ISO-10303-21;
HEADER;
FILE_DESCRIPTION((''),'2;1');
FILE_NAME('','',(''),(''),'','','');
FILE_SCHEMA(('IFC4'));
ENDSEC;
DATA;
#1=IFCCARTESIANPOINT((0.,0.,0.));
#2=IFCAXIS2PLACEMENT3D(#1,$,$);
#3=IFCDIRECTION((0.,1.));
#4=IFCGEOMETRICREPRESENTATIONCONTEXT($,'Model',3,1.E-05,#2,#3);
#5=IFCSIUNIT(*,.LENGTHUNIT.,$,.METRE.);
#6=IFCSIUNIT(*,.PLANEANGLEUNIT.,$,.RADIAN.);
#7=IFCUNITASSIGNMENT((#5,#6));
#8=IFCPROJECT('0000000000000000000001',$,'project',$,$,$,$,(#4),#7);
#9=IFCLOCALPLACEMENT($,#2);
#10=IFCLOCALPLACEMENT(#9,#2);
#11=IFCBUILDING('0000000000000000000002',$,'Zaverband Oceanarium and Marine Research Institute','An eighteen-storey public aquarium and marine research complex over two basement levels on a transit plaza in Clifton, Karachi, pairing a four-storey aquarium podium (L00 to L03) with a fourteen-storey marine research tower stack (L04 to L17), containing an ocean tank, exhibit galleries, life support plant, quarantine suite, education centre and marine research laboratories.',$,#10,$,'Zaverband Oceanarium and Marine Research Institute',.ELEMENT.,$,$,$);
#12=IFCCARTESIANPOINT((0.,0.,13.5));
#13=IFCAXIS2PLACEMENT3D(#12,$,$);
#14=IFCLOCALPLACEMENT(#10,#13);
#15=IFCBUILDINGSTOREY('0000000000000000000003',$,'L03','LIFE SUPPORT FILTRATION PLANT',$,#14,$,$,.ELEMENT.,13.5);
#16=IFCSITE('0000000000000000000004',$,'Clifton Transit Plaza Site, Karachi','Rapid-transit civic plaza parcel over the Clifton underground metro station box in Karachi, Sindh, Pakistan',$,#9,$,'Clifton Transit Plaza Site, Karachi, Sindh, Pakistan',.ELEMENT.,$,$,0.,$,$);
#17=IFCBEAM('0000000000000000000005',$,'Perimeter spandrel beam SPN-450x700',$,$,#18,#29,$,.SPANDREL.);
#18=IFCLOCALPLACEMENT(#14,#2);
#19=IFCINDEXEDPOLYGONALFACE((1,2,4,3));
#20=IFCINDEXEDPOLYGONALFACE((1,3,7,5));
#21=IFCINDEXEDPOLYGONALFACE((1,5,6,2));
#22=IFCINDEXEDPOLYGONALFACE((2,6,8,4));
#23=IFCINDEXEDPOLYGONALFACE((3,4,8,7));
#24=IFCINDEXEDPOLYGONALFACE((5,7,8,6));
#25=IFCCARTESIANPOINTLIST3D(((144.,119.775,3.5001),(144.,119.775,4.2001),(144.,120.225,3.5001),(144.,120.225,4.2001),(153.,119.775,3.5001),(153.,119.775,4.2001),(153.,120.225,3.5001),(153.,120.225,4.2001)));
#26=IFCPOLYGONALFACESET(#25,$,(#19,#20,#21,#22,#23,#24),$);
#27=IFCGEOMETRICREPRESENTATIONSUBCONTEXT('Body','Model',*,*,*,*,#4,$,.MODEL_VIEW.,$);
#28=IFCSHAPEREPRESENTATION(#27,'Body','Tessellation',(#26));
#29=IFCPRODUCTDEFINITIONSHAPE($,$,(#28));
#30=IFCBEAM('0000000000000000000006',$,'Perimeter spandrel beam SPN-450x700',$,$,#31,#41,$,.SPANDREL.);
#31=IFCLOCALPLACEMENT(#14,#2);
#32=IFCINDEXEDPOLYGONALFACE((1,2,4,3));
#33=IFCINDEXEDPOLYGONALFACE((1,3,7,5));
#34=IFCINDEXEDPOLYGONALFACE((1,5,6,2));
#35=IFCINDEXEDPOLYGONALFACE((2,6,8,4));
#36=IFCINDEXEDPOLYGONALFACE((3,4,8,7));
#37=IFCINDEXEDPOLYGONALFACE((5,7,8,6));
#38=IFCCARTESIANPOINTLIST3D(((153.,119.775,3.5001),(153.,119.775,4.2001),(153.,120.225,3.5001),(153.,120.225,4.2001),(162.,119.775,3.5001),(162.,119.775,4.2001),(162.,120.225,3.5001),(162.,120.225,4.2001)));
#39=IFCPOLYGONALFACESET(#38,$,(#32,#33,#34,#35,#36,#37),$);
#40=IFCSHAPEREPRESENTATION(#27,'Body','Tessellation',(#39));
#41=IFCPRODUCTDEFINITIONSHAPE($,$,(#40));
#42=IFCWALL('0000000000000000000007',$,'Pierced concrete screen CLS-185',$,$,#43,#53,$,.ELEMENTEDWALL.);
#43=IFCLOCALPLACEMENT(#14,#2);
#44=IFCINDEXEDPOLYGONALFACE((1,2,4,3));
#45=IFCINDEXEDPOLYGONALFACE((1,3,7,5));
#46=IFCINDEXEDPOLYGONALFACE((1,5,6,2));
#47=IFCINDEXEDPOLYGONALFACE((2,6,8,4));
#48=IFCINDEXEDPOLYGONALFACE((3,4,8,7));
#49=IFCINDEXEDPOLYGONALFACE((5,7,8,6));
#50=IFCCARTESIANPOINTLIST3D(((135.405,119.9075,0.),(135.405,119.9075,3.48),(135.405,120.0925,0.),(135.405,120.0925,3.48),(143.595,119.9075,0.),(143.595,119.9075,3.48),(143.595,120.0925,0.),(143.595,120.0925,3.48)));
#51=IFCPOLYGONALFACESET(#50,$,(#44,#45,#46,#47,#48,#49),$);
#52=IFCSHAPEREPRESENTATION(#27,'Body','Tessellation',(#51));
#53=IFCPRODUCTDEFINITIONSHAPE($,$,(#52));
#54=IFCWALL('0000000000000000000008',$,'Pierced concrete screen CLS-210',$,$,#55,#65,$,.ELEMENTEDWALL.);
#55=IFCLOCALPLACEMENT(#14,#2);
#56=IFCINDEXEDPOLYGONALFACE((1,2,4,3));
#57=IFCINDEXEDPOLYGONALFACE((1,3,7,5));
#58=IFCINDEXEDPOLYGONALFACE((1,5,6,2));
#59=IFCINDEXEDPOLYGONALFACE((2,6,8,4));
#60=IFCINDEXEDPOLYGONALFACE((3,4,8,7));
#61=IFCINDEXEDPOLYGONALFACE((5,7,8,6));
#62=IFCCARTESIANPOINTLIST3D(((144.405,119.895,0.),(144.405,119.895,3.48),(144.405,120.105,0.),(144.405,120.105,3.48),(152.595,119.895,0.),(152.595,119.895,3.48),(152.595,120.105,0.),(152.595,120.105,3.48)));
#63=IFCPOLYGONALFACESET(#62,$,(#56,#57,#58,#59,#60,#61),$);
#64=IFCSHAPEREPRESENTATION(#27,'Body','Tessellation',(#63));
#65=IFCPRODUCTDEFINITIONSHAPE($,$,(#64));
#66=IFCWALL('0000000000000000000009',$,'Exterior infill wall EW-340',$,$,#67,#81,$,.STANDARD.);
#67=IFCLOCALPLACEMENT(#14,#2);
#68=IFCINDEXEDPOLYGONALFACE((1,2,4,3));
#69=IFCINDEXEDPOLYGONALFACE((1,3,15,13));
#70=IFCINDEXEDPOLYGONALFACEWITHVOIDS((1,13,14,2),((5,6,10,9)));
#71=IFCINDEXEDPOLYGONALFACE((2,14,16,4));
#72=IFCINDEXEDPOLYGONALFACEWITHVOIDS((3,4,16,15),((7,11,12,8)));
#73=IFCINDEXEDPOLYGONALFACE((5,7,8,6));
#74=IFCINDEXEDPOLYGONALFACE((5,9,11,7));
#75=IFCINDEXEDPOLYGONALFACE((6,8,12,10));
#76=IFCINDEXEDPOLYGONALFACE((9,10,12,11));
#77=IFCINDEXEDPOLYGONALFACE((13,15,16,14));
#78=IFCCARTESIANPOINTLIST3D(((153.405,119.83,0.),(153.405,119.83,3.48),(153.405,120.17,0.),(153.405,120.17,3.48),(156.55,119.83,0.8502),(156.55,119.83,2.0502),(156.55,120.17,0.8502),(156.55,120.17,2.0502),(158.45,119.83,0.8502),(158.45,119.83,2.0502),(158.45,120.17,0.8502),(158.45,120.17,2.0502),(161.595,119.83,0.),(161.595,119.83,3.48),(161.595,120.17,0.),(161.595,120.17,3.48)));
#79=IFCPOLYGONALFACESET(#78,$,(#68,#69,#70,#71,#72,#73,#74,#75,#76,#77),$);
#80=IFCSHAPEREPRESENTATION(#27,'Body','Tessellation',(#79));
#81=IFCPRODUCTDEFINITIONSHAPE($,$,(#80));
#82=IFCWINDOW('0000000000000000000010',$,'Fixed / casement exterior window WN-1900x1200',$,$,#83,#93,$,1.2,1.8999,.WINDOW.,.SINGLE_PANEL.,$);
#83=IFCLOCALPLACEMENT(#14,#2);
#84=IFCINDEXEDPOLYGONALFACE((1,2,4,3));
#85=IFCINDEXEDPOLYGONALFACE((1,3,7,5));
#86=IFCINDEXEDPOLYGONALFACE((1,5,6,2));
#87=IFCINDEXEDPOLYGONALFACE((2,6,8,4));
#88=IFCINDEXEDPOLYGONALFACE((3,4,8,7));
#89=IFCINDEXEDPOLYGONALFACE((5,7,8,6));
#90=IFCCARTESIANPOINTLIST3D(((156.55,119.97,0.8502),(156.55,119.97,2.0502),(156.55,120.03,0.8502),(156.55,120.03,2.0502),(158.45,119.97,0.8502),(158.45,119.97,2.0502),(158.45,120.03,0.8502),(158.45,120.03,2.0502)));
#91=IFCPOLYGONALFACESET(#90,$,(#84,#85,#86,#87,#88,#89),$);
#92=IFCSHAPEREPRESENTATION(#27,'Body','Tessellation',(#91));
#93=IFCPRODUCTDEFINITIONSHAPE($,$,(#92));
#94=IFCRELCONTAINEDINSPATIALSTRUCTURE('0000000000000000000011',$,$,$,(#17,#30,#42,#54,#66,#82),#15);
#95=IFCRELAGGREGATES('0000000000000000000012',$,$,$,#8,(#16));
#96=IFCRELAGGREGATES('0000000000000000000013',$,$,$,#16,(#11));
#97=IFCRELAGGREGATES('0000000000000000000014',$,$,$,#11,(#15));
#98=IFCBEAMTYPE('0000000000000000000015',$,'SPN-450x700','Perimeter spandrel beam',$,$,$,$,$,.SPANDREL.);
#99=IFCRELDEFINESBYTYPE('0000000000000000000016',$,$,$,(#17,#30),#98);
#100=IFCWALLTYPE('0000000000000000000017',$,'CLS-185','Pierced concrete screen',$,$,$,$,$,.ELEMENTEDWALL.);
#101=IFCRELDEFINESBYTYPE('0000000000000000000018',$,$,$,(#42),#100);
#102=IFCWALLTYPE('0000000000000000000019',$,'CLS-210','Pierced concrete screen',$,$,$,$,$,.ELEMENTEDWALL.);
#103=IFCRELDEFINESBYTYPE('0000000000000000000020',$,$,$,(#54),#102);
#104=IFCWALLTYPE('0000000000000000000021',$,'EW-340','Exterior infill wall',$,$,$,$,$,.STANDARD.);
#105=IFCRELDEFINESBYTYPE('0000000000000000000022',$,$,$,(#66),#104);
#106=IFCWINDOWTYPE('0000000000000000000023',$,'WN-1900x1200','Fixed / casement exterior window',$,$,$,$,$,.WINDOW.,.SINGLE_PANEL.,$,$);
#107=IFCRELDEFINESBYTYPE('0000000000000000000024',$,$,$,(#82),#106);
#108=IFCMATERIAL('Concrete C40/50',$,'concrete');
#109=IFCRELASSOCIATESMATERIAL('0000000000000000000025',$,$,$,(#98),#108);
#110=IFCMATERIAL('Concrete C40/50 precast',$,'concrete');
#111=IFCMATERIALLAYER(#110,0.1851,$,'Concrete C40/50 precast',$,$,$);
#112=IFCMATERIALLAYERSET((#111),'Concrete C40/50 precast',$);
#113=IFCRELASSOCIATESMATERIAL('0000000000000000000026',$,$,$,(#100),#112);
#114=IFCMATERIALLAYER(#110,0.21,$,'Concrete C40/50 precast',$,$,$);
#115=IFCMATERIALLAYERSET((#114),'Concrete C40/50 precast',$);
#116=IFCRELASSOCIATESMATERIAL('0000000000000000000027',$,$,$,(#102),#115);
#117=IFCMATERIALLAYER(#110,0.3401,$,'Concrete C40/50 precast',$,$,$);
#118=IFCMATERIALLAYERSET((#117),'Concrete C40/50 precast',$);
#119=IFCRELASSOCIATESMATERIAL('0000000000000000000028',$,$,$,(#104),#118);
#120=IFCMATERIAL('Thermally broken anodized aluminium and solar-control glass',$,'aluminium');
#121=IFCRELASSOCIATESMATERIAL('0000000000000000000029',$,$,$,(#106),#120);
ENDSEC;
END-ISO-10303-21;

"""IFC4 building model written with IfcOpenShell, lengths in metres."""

from ifc_helpers import new_model, si_unit, direction, frame, frame_2d, origin, origin_2d, place, context, subcontext, project, spatial, rectangle, extrude, material, layer, layer_set, material_profile, profile_set, type_object, element, fill, save


model = new_model("IFC4")

# Units and contexts
model_context = context("Model", 3, precision=1e-05, world=origin(), true_north=direction((0.0, 1.0)))
body_context = subcontext(model_context, "Body", "Model", "MODEL_VIEW")
ifc_project = project(units=[si_unit("LENGTHUNIT", "METRE"), si_unit("PLANEANGLEUNIT", "RADIAN")], contexts=[model_context])

# Site, building, storey
site_placement = place(None, origin())
site = spatial("IfcSite", under=ifc_project, at=site_placement, Name="Clifton Transit Plaza Site, Karachi", Description="Rapid-transit civic plaza parcel over the Clifton underground metro station box in Karachi, Sindh, Pakistan", LongName="Clifton Transit Plaza Site, Karachi, Sindh, Pakistan", CompositionType="ELEMENT", RefElevation=0.0)
building_placement = place(site_placement, origin())
building = spatial("IfcBuilding", under=site, at=building_placement, Name="Zaverband Oceanarium and Marine Research Institute", Description="An eighteen-storey public aquarium and marine research complex over two basement levels on a transit plaza in Clifton, Karachi, pairing a four-storey aquarium podium (L00 to L03) with a fourteen-storey marine research tower stack (L04 to L17), containing an ocean tank, exhibit galleries, life support plant, quarantine suite, education centre and marine research laboratories.", LongName="Zaverband Oceanarium and Marine Research Institute", CompositionType="ELEMENT")
storey_placement = place(building_placement, frame((0.0, 0.0, 13.5)))
storey = spatial("IfcBuildingStorey", under=building, at=storey_placement, Name="L03", Description="LIFE SUPPORT FILTRATION PLANT", CompositionType="ELEMENT", Elevation=13.5)

# Beams
ifc_material_1 = material(Name="Concrete C40/50", Category="concrete")
ifc_material_profile_1 = material_profile(ifc_material_1, rectangle(XDim=0.45, YDim=0.7, at=origin_2d()), Name="RC450x700")
ifc_profile_set_1 = profile_set([ifc_material_profile_1], Name="Concrete C40/50")
beam_type_1 = type_object("IfcBeamType", Name="SPN-450x700", Description="Perimeter spandrel beam", PredefinedType="SPANDREL", material=ifc_profile_set_1)
for number, where, z_axis, x_axis, name in (
    (1, (144.0, 120.0, 3.8501), (1.0, 0.0, 0.0), (0.0, 1.0, 0.0), "Perimeter spandrel beam SPN-450x700"),
    (2, (153.0, 120.0, 3.8501), (1.0, 0.0, 0.0), (0.0, 1.0, 0.0), "Perimeter spandrel beam SPN-450x700"),
):
    element("IfcBeam", number, at=place(storey_placement, frame(where, z_axis=z_axis, x_axis=x_axis)), inside=storey, type_object=beam_type_1, Name=name, PredefinedType="SPANDREL", context=body_context, shape_type="SweptSolid", body=[
        extrude(rectangle(XDim=0.45, YDim=0.7, at=origin_2d()), origin(), (0.0, 0.0, 1.0), 9.0),
    ])

# Walls
ifc_material_2 = material(Name="Concrete C40/50 precast", Category="concrete")
ifc_layer_1 = layer(ifc_material_2, 0.1851, Name="Concrete C40/50 precast")
ifc_layer_set_1 = layer_set([ifc_layer_1], Name="Concrete C40/50 precast")
wall_type_1 = type_object("IfcWallType", Name="CLS-185", Description="Pierced concrete screen", PredefinedType="ELEMENTEDWALL", material=ifc_layer_set_1)
wall_1_placement = place(storey_placement, frame((135.405, 120.0, 0.0), z_axis=(0.0, 0.0, 1.0), x_axis=(1.0, 0.0, 0.0)))
element("IfcWall", 3, at=wall_1_placement, inside=storey, type_object=wall_type_1, Name="Pierced concrete screen CLS-185", PredefinedType="ELEMENTEDWALL", context=body_context, shape_type="SweptSolid", body=[
    extrude(rectangle(XDim=8.1899, YDim=0.1851, at=frame_2d((4.095, 0.0))), origin(), (0.0, 0.0, 1.0), 3.48),
])
ifc_layer_2 = layer(ifc_material_2, 0.21, Name="Concrete C40/50 precast")
ifc_layer_set_2 = layer_set([ifc_layer_2], Name="Concrete C40/50 precast")
wall_type_2 = type_object("IfcWallType", Name="CLS-210", Description="Pierced concrete screen", PredefinedType="ELEMENTEDWALL", material=ifc_layer_set_2)
wall_2_placement = place(storey_placement, frame((144.405, 120.0, 0.0), z_axis=(0.0, 0.0, 1.0), x_axis=(1.0, 0.0, 0.0)))
element("IfcWall", 4, at=wall_2_placement, inside=storey, type_object=wall_type_2, Name="Pierced concrete screen CLS-210", PredefinedType="ELEMENTEDWALL", context=body_context, shape_type="SweptSolid", body=[
    extrude(rectangle(XDim=8.1899, YDim=0.21, at=frame_2d((4.095, 0.0))), origin(), (0.0, 0.0, 1.0), 3.48),
])

# Wall, opening, window
ifc_layer_3 = layer(ifc_material_2, 0.3401, Name="Concrete C40/50 precast")
ifc_layer_set_3 = layer_set([ifc_layer_3], Name="Concrete C40/50 precast")
wall_type_3 = type_object("IfcWallType", Name="EW-340", Description="Exterior infill wall", PredefinedType="STANDARD", material=ifc_layer_set_3)
wall_3_placement = place(storey_placement, frame((153.405, 120.0, 0.0), z_axis=(0.0, 0.0, 1.0), x_axis=(1.0, 0.0, 0.0)))
wall_3 = element("IfcWall", 5, at=wall_3_placement, inside=storey, type_object=wall_type_3, Name="Exterior infill wall EW-340", PredefinedType="STANDARD", context=body_context, shape_type="SweptSolid", body=[
    extrude(rectangle(XDim=8.1899, YDim=0.3401, at=frame_2d((4.095, 0.0))), origin(), (0.0, 0.0, 1.0), 3.48),
])
opening_placement = place(wall_3_placement, frame((3.145, 0.0, 0.8501)))
opening = element("IfcOpeningElement", 6, at=opening_placement, cuts=wall_3, PredefinedType="OPENING", context=body_context, shape_type="SweptSolid", body=[
    extrude(rectangle(XDim=1.8999, YDim=1.2, at=frame_2d((0.95, 0.6001))), frame((0.0, 0.1821, 0.0), z_axis=(0.0, -1.0, 0.0), x_axis=(1.0, 0.0, 0.0)), (0.0, 0.0, 1.0), 0.364),
])
ifc_material_3 = material(Name="Thermally broken anodized aluminium and solar-control glass", Category="aluminium")
window_type = type_object("IfcWindowType", Name="WN-1900x1200", Description="Fixed / casement exterior window", PartitioningType="SINGLE_PANEL", PredefinedType="WINDOW", material=ifc_material_3)
window_placement = place(opening_placement, origin())
window = element("IfcWindow", 7, at=window_placement, inside=storey, type_object=window_type, Name="Fixed / casement exterior window WN-1900x1200", OverallHeight=1.2, OverallWidth=1.8999, PartitioningType="SINGLE_PANEL", PredefinedType="WINDOW", context=body_context, shape_type="SweptSolid", body=[
    extrude(rectangle(XDim=1.8999, YDim=1.2, at=frame_2d((0.95, 0.6001))), frame((0.0, 0.03, 0.0), z_axis=(0.0, -1.0, 0.0), x_axis=(1.0, 0.0, 0.0)), (0.0, 0.0, 1.0), 0.0601),
])
fill(opening, window)

save(model, "model.ifc")
